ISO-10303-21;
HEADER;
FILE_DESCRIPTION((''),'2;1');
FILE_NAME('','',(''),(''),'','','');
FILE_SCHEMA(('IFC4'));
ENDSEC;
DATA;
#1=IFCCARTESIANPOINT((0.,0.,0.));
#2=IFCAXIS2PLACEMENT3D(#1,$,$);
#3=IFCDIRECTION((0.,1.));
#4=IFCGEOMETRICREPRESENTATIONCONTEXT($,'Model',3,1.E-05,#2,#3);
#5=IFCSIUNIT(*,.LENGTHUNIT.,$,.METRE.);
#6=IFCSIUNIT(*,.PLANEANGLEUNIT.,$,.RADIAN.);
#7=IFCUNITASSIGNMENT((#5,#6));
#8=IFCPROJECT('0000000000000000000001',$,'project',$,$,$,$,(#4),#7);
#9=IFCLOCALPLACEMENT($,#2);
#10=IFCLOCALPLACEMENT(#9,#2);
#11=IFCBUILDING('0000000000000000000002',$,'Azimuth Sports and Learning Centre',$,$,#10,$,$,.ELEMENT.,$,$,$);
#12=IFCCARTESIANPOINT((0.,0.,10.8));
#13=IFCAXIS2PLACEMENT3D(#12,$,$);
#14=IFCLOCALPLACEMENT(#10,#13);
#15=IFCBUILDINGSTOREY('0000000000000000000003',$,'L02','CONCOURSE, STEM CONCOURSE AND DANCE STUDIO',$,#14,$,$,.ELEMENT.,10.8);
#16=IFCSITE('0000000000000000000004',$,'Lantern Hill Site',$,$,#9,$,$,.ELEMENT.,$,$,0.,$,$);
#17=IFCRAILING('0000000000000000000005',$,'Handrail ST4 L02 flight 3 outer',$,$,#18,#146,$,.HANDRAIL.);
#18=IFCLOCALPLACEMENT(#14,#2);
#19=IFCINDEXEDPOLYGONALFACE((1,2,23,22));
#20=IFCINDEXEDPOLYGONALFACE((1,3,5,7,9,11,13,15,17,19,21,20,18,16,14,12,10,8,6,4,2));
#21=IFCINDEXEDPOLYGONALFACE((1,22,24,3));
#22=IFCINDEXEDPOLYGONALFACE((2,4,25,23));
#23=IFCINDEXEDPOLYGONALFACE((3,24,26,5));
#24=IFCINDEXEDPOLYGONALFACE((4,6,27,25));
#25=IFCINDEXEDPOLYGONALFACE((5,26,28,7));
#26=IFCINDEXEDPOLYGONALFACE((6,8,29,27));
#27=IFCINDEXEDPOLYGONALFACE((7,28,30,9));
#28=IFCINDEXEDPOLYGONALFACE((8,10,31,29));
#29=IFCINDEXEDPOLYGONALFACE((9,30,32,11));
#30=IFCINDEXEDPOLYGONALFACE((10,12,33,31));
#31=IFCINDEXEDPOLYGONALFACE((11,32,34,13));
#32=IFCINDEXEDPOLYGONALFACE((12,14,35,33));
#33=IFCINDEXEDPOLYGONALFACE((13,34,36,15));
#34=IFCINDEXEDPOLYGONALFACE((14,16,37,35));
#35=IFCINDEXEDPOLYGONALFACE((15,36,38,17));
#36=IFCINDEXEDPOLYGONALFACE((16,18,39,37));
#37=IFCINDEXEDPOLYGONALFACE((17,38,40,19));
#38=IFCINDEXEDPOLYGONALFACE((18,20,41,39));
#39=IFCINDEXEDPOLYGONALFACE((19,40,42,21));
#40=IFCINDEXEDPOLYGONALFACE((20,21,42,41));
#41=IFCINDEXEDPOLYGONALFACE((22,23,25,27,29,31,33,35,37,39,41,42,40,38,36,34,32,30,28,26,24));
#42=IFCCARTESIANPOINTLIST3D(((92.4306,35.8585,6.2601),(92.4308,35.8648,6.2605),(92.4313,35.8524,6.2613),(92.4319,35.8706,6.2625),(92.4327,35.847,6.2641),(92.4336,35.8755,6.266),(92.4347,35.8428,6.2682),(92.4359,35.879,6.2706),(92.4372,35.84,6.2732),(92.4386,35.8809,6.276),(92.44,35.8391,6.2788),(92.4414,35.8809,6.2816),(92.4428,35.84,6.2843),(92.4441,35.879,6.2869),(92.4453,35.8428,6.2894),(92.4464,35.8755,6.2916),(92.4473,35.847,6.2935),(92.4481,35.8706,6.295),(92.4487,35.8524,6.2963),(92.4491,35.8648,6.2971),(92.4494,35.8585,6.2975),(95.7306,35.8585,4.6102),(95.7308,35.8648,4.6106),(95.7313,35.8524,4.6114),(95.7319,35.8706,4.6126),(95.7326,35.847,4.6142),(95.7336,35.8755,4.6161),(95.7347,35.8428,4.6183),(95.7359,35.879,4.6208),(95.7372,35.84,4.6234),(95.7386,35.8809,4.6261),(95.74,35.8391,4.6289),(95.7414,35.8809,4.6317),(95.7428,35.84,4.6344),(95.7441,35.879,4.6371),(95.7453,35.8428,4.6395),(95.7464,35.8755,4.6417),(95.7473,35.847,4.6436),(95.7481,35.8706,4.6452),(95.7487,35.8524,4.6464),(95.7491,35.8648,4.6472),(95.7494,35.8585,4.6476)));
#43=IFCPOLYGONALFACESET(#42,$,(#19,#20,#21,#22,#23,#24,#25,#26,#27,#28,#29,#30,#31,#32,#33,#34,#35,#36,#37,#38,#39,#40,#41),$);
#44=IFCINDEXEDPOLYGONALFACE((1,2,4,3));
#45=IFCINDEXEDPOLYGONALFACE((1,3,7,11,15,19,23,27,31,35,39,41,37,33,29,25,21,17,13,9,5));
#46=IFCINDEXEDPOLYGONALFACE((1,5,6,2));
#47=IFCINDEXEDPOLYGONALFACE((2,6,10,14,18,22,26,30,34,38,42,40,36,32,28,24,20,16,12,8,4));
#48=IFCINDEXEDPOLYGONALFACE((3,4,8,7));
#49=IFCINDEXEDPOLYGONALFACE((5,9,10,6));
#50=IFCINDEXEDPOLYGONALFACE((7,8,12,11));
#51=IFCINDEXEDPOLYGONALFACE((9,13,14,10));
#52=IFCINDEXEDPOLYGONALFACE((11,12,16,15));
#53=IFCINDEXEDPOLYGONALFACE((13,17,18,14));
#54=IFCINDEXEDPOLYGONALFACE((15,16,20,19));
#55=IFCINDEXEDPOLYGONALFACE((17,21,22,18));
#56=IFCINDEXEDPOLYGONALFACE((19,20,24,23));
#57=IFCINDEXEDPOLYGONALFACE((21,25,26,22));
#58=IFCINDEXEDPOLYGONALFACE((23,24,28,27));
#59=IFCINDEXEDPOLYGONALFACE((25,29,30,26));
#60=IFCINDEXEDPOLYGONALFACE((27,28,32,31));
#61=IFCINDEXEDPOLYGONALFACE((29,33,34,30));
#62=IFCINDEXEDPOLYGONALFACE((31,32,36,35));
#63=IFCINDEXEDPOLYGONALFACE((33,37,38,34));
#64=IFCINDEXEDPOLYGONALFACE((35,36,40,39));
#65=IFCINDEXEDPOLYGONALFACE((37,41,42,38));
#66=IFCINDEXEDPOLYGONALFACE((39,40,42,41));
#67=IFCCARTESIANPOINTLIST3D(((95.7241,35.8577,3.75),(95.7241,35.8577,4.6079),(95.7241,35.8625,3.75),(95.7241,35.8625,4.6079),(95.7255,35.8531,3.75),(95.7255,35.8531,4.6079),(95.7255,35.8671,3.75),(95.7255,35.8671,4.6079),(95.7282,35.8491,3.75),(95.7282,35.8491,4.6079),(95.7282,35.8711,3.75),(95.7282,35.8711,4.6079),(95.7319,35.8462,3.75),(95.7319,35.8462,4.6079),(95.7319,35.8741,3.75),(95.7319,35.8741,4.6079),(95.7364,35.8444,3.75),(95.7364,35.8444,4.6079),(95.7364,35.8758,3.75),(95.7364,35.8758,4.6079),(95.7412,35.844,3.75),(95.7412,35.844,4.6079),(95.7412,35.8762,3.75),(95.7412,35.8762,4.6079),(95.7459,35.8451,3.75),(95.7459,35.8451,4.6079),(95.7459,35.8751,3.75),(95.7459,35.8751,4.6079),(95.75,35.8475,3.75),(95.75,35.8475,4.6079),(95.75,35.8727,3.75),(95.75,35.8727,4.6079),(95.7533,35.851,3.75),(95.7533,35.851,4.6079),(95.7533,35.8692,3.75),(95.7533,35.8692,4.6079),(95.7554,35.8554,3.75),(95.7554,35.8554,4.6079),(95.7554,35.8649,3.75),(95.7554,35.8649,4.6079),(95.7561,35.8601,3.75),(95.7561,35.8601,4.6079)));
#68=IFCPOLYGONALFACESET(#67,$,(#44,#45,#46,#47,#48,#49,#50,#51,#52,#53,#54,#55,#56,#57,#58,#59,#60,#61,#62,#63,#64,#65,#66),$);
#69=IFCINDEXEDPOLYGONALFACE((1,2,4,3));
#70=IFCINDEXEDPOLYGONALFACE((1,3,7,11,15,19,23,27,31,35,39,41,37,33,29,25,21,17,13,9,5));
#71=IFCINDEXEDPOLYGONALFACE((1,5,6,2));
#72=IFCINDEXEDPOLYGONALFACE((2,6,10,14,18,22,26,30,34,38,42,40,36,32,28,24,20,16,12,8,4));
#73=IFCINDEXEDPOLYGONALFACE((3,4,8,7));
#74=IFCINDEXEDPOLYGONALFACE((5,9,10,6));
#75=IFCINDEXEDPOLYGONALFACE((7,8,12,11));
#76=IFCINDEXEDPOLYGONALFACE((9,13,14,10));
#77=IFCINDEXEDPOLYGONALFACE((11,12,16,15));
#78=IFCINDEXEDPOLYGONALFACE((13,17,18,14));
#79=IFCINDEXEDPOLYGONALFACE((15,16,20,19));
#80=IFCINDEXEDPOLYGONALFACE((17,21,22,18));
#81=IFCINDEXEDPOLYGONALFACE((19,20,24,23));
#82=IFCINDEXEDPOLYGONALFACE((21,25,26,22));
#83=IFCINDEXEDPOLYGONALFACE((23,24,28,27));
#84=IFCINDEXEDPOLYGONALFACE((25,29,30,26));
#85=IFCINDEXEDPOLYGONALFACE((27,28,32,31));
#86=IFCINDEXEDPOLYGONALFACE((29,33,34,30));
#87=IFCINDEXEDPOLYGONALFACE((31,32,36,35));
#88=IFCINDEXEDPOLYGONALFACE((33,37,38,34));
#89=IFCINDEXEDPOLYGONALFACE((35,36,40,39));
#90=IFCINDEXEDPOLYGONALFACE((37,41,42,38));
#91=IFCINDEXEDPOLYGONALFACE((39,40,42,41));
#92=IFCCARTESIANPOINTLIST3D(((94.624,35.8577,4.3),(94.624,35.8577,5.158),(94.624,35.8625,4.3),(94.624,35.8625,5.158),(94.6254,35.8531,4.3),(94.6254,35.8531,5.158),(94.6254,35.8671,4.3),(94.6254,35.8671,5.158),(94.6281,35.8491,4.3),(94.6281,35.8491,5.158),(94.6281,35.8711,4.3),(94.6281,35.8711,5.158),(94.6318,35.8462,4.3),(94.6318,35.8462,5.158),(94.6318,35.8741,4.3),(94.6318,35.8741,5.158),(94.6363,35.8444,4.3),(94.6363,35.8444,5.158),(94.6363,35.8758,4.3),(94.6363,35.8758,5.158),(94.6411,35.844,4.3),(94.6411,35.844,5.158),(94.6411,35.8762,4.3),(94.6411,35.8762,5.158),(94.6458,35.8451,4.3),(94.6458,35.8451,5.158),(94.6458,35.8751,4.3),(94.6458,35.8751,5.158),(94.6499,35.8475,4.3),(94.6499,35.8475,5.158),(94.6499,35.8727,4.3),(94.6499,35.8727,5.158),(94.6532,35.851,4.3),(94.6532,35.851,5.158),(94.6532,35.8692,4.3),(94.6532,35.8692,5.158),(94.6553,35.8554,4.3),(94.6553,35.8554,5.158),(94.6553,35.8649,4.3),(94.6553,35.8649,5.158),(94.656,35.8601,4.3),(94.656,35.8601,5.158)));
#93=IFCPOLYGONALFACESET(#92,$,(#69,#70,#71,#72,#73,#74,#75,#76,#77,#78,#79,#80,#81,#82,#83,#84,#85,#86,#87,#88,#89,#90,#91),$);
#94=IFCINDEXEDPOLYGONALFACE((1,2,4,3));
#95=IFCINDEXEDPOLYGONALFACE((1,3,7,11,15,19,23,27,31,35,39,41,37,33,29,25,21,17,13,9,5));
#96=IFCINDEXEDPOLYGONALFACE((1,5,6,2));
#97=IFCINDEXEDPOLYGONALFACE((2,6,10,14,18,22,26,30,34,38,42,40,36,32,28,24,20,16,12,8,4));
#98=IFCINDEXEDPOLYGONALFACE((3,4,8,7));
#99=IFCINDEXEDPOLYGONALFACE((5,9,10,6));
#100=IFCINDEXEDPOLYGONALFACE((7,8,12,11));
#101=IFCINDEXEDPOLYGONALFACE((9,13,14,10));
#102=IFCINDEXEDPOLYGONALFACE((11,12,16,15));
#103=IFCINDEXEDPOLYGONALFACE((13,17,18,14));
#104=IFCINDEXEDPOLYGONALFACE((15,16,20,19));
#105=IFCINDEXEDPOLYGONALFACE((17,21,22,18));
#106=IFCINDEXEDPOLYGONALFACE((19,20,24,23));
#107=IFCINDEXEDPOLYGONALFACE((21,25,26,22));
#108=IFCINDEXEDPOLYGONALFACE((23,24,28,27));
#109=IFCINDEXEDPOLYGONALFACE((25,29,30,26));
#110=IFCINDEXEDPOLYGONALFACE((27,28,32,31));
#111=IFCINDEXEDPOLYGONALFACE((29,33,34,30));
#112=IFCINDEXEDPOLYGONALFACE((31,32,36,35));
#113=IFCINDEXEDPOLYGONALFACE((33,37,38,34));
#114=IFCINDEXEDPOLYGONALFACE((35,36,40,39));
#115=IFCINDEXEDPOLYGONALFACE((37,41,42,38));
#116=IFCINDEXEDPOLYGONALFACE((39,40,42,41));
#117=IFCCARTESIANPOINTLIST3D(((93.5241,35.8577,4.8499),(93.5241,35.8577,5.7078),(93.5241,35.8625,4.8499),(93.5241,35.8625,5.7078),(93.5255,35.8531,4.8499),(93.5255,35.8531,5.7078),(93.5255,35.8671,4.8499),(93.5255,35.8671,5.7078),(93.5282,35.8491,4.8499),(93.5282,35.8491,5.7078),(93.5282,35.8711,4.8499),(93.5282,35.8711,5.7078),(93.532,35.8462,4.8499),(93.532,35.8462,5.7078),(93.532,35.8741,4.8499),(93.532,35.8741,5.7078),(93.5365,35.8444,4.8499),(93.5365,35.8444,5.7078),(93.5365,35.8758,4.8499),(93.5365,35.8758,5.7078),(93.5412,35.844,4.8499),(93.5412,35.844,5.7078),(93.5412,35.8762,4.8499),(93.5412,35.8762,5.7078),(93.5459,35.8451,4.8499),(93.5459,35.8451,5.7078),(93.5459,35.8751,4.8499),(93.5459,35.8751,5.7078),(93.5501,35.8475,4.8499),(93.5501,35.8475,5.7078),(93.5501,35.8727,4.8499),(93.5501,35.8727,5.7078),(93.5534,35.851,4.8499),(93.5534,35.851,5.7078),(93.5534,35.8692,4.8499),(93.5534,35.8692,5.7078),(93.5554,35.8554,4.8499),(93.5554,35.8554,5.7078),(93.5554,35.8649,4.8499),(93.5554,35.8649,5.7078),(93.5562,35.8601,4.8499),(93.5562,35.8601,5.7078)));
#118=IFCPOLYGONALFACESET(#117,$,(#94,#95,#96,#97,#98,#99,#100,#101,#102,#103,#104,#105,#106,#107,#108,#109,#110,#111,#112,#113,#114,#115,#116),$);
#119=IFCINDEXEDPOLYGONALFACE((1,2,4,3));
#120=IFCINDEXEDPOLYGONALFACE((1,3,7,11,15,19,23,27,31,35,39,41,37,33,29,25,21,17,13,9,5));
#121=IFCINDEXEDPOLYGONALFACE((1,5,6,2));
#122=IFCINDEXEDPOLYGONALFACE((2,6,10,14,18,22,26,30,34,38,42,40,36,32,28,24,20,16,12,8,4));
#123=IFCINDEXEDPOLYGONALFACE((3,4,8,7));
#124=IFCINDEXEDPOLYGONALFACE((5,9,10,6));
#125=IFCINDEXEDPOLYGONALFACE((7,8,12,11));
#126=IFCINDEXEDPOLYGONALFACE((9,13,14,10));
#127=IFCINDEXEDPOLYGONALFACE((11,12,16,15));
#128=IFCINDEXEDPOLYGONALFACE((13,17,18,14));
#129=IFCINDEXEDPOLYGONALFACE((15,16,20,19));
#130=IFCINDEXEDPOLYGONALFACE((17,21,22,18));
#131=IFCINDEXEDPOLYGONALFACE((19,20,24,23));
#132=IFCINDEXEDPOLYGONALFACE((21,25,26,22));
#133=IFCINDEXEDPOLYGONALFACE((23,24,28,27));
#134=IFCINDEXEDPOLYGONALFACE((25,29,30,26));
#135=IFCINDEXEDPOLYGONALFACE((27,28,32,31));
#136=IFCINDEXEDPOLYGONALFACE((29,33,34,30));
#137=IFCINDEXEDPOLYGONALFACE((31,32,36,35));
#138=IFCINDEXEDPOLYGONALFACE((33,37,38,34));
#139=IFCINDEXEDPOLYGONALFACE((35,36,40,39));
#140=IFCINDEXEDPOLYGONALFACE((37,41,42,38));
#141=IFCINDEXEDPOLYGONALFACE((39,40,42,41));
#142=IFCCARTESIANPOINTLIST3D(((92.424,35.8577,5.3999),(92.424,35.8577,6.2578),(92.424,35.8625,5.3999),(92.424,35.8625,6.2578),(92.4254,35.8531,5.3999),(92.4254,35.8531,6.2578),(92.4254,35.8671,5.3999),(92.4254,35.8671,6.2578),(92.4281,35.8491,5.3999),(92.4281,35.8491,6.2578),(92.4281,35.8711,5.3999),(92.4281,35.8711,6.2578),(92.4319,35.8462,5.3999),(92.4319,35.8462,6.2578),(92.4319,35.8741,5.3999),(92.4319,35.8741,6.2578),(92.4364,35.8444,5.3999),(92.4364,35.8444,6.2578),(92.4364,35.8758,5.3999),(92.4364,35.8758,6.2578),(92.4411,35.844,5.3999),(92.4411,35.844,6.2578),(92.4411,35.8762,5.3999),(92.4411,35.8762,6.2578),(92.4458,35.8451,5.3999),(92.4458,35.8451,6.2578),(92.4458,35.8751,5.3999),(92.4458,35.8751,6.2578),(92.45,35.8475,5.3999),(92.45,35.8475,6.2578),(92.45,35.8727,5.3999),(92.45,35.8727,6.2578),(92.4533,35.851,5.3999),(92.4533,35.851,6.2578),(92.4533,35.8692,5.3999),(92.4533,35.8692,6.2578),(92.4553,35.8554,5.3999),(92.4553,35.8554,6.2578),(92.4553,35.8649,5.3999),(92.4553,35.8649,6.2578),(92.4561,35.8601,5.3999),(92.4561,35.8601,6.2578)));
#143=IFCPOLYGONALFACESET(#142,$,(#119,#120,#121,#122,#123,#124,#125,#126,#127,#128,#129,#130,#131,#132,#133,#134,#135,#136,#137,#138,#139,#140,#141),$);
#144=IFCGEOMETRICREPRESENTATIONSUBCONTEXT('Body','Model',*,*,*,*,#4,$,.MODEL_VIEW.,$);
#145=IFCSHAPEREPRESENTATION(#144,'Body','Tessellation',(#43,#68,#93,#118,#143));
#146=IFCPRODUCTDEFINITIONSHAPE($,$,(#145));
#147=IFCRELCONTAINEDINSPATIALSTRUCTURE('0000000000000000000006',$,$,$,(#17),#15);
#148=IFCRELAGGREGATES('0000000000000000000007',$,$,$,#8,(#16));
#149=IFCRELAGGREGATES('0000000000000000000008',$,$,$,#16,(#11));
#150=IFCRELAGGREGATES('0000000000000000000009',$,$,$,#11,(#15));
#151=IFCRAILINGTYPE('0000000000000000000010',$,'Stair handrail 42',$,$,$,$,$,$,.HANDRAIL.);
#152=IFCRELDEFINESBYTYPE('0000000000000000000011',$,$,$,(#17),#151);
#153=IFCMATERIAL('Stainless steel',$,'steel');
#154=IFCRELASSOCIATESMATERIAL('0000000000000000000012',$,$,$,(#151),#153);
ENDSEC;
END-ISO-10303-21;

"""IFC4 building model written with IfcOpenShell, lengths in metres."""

from ifc_helpers import new_model, si_unit, direction, frame, origin, origin_2d, place, context, subcontext, project, spatial, circle, extrude, material, type_object, element, save


model = new_model("IFC4")

# Units and contexts
model_context = context("Model", 3, precision=1e-05, world=origin(), true_north=direction((0.0, 1.0)))
body_context = subcontext(model_context, "Body", "Model", "MODEL_VIEW")
ifc_project = project(units=[si_unit("LENGTHUNIT", "METRE"), si_unit("PLANEANGLEUNIT", "RADIAN")], contexts=[model_context])

# Site, building, storey
site_placement = place(None, origin())
site = spatial("IfcSite", under=ifc_project, at=site_placement, Name="Lantern Hill Site", CompositionType="ELEMENT", RefElevation=0.0)
building_placement = place(site_placement, origin())
building = spatial("IfcBuilding", under=site, at=building_placement, Name="Azimuth Sports and Learning Centre", CompositionType="ELEMENT")
storey_placement = place(building_placement, frame((0.0, 0.0, 10.8)))
storey = spatial("IfcBuildingStorey", under=building, at=storey_placement, Name="L02", Description="CONCOURSE, STEM CONCOURSE AND DANCE STUDIO", CompositionType="ELEMENT", Elevation=10.8)

# Railing
ifc_material_1 = material(Name="Stainless steel", Category="steel")
railing_type_1 = type_object("IfcRailingType", Name="Stair handrail 42", PredefinedType="HANDRAIL", material=ifc_material_1)
for number, where, name in (
    (1, (95.74, 35.8601, 3.75), "Handrail ST4 L02 flight 3 outer"),
):
    element("IfcRailing", number, at=place(storey_placement, frame(where)), inside=storey, type_object=railing_type_1, Name=name, PredefinedType="HANDRAIL", context=body_context, shape_type="SweptSolid", body=[
        extrude(circle(Radius=0.021, at=origin_2d()), frame((0.0, 0.0, 0.8789), z_axis=(-0.89444, 0.0, 0.447187), x_axis=(0.0, -1.0, 0.0)), (0.0, 0.0, 1.0), 3.6895),
        extrude(circle(Radius=0.0161, at=origin_2d()), origin(), (0.0, 0.0, 1.0), 0.8579),
        extrude(circle(Radius=0.0161, at=origin_2d()), frame((-1.1001, 0.0, 0.55)), (0.0, 0.0, 1.0), 0.8579),
        extrude(circle(Radius=0.0161, at=origin_2d()), frame((-2.2, 0.0, 1.0999)), (0.0, 0.0, 1.0), 0.8579),
        extrude(circle(Radius=0.0161, at=origin_2d()), frame((-3.3, 0.0, 1.6499)), (0.0, 0.0, 1.0), 0.8579),
    ])

save(model, "model.ifc")
